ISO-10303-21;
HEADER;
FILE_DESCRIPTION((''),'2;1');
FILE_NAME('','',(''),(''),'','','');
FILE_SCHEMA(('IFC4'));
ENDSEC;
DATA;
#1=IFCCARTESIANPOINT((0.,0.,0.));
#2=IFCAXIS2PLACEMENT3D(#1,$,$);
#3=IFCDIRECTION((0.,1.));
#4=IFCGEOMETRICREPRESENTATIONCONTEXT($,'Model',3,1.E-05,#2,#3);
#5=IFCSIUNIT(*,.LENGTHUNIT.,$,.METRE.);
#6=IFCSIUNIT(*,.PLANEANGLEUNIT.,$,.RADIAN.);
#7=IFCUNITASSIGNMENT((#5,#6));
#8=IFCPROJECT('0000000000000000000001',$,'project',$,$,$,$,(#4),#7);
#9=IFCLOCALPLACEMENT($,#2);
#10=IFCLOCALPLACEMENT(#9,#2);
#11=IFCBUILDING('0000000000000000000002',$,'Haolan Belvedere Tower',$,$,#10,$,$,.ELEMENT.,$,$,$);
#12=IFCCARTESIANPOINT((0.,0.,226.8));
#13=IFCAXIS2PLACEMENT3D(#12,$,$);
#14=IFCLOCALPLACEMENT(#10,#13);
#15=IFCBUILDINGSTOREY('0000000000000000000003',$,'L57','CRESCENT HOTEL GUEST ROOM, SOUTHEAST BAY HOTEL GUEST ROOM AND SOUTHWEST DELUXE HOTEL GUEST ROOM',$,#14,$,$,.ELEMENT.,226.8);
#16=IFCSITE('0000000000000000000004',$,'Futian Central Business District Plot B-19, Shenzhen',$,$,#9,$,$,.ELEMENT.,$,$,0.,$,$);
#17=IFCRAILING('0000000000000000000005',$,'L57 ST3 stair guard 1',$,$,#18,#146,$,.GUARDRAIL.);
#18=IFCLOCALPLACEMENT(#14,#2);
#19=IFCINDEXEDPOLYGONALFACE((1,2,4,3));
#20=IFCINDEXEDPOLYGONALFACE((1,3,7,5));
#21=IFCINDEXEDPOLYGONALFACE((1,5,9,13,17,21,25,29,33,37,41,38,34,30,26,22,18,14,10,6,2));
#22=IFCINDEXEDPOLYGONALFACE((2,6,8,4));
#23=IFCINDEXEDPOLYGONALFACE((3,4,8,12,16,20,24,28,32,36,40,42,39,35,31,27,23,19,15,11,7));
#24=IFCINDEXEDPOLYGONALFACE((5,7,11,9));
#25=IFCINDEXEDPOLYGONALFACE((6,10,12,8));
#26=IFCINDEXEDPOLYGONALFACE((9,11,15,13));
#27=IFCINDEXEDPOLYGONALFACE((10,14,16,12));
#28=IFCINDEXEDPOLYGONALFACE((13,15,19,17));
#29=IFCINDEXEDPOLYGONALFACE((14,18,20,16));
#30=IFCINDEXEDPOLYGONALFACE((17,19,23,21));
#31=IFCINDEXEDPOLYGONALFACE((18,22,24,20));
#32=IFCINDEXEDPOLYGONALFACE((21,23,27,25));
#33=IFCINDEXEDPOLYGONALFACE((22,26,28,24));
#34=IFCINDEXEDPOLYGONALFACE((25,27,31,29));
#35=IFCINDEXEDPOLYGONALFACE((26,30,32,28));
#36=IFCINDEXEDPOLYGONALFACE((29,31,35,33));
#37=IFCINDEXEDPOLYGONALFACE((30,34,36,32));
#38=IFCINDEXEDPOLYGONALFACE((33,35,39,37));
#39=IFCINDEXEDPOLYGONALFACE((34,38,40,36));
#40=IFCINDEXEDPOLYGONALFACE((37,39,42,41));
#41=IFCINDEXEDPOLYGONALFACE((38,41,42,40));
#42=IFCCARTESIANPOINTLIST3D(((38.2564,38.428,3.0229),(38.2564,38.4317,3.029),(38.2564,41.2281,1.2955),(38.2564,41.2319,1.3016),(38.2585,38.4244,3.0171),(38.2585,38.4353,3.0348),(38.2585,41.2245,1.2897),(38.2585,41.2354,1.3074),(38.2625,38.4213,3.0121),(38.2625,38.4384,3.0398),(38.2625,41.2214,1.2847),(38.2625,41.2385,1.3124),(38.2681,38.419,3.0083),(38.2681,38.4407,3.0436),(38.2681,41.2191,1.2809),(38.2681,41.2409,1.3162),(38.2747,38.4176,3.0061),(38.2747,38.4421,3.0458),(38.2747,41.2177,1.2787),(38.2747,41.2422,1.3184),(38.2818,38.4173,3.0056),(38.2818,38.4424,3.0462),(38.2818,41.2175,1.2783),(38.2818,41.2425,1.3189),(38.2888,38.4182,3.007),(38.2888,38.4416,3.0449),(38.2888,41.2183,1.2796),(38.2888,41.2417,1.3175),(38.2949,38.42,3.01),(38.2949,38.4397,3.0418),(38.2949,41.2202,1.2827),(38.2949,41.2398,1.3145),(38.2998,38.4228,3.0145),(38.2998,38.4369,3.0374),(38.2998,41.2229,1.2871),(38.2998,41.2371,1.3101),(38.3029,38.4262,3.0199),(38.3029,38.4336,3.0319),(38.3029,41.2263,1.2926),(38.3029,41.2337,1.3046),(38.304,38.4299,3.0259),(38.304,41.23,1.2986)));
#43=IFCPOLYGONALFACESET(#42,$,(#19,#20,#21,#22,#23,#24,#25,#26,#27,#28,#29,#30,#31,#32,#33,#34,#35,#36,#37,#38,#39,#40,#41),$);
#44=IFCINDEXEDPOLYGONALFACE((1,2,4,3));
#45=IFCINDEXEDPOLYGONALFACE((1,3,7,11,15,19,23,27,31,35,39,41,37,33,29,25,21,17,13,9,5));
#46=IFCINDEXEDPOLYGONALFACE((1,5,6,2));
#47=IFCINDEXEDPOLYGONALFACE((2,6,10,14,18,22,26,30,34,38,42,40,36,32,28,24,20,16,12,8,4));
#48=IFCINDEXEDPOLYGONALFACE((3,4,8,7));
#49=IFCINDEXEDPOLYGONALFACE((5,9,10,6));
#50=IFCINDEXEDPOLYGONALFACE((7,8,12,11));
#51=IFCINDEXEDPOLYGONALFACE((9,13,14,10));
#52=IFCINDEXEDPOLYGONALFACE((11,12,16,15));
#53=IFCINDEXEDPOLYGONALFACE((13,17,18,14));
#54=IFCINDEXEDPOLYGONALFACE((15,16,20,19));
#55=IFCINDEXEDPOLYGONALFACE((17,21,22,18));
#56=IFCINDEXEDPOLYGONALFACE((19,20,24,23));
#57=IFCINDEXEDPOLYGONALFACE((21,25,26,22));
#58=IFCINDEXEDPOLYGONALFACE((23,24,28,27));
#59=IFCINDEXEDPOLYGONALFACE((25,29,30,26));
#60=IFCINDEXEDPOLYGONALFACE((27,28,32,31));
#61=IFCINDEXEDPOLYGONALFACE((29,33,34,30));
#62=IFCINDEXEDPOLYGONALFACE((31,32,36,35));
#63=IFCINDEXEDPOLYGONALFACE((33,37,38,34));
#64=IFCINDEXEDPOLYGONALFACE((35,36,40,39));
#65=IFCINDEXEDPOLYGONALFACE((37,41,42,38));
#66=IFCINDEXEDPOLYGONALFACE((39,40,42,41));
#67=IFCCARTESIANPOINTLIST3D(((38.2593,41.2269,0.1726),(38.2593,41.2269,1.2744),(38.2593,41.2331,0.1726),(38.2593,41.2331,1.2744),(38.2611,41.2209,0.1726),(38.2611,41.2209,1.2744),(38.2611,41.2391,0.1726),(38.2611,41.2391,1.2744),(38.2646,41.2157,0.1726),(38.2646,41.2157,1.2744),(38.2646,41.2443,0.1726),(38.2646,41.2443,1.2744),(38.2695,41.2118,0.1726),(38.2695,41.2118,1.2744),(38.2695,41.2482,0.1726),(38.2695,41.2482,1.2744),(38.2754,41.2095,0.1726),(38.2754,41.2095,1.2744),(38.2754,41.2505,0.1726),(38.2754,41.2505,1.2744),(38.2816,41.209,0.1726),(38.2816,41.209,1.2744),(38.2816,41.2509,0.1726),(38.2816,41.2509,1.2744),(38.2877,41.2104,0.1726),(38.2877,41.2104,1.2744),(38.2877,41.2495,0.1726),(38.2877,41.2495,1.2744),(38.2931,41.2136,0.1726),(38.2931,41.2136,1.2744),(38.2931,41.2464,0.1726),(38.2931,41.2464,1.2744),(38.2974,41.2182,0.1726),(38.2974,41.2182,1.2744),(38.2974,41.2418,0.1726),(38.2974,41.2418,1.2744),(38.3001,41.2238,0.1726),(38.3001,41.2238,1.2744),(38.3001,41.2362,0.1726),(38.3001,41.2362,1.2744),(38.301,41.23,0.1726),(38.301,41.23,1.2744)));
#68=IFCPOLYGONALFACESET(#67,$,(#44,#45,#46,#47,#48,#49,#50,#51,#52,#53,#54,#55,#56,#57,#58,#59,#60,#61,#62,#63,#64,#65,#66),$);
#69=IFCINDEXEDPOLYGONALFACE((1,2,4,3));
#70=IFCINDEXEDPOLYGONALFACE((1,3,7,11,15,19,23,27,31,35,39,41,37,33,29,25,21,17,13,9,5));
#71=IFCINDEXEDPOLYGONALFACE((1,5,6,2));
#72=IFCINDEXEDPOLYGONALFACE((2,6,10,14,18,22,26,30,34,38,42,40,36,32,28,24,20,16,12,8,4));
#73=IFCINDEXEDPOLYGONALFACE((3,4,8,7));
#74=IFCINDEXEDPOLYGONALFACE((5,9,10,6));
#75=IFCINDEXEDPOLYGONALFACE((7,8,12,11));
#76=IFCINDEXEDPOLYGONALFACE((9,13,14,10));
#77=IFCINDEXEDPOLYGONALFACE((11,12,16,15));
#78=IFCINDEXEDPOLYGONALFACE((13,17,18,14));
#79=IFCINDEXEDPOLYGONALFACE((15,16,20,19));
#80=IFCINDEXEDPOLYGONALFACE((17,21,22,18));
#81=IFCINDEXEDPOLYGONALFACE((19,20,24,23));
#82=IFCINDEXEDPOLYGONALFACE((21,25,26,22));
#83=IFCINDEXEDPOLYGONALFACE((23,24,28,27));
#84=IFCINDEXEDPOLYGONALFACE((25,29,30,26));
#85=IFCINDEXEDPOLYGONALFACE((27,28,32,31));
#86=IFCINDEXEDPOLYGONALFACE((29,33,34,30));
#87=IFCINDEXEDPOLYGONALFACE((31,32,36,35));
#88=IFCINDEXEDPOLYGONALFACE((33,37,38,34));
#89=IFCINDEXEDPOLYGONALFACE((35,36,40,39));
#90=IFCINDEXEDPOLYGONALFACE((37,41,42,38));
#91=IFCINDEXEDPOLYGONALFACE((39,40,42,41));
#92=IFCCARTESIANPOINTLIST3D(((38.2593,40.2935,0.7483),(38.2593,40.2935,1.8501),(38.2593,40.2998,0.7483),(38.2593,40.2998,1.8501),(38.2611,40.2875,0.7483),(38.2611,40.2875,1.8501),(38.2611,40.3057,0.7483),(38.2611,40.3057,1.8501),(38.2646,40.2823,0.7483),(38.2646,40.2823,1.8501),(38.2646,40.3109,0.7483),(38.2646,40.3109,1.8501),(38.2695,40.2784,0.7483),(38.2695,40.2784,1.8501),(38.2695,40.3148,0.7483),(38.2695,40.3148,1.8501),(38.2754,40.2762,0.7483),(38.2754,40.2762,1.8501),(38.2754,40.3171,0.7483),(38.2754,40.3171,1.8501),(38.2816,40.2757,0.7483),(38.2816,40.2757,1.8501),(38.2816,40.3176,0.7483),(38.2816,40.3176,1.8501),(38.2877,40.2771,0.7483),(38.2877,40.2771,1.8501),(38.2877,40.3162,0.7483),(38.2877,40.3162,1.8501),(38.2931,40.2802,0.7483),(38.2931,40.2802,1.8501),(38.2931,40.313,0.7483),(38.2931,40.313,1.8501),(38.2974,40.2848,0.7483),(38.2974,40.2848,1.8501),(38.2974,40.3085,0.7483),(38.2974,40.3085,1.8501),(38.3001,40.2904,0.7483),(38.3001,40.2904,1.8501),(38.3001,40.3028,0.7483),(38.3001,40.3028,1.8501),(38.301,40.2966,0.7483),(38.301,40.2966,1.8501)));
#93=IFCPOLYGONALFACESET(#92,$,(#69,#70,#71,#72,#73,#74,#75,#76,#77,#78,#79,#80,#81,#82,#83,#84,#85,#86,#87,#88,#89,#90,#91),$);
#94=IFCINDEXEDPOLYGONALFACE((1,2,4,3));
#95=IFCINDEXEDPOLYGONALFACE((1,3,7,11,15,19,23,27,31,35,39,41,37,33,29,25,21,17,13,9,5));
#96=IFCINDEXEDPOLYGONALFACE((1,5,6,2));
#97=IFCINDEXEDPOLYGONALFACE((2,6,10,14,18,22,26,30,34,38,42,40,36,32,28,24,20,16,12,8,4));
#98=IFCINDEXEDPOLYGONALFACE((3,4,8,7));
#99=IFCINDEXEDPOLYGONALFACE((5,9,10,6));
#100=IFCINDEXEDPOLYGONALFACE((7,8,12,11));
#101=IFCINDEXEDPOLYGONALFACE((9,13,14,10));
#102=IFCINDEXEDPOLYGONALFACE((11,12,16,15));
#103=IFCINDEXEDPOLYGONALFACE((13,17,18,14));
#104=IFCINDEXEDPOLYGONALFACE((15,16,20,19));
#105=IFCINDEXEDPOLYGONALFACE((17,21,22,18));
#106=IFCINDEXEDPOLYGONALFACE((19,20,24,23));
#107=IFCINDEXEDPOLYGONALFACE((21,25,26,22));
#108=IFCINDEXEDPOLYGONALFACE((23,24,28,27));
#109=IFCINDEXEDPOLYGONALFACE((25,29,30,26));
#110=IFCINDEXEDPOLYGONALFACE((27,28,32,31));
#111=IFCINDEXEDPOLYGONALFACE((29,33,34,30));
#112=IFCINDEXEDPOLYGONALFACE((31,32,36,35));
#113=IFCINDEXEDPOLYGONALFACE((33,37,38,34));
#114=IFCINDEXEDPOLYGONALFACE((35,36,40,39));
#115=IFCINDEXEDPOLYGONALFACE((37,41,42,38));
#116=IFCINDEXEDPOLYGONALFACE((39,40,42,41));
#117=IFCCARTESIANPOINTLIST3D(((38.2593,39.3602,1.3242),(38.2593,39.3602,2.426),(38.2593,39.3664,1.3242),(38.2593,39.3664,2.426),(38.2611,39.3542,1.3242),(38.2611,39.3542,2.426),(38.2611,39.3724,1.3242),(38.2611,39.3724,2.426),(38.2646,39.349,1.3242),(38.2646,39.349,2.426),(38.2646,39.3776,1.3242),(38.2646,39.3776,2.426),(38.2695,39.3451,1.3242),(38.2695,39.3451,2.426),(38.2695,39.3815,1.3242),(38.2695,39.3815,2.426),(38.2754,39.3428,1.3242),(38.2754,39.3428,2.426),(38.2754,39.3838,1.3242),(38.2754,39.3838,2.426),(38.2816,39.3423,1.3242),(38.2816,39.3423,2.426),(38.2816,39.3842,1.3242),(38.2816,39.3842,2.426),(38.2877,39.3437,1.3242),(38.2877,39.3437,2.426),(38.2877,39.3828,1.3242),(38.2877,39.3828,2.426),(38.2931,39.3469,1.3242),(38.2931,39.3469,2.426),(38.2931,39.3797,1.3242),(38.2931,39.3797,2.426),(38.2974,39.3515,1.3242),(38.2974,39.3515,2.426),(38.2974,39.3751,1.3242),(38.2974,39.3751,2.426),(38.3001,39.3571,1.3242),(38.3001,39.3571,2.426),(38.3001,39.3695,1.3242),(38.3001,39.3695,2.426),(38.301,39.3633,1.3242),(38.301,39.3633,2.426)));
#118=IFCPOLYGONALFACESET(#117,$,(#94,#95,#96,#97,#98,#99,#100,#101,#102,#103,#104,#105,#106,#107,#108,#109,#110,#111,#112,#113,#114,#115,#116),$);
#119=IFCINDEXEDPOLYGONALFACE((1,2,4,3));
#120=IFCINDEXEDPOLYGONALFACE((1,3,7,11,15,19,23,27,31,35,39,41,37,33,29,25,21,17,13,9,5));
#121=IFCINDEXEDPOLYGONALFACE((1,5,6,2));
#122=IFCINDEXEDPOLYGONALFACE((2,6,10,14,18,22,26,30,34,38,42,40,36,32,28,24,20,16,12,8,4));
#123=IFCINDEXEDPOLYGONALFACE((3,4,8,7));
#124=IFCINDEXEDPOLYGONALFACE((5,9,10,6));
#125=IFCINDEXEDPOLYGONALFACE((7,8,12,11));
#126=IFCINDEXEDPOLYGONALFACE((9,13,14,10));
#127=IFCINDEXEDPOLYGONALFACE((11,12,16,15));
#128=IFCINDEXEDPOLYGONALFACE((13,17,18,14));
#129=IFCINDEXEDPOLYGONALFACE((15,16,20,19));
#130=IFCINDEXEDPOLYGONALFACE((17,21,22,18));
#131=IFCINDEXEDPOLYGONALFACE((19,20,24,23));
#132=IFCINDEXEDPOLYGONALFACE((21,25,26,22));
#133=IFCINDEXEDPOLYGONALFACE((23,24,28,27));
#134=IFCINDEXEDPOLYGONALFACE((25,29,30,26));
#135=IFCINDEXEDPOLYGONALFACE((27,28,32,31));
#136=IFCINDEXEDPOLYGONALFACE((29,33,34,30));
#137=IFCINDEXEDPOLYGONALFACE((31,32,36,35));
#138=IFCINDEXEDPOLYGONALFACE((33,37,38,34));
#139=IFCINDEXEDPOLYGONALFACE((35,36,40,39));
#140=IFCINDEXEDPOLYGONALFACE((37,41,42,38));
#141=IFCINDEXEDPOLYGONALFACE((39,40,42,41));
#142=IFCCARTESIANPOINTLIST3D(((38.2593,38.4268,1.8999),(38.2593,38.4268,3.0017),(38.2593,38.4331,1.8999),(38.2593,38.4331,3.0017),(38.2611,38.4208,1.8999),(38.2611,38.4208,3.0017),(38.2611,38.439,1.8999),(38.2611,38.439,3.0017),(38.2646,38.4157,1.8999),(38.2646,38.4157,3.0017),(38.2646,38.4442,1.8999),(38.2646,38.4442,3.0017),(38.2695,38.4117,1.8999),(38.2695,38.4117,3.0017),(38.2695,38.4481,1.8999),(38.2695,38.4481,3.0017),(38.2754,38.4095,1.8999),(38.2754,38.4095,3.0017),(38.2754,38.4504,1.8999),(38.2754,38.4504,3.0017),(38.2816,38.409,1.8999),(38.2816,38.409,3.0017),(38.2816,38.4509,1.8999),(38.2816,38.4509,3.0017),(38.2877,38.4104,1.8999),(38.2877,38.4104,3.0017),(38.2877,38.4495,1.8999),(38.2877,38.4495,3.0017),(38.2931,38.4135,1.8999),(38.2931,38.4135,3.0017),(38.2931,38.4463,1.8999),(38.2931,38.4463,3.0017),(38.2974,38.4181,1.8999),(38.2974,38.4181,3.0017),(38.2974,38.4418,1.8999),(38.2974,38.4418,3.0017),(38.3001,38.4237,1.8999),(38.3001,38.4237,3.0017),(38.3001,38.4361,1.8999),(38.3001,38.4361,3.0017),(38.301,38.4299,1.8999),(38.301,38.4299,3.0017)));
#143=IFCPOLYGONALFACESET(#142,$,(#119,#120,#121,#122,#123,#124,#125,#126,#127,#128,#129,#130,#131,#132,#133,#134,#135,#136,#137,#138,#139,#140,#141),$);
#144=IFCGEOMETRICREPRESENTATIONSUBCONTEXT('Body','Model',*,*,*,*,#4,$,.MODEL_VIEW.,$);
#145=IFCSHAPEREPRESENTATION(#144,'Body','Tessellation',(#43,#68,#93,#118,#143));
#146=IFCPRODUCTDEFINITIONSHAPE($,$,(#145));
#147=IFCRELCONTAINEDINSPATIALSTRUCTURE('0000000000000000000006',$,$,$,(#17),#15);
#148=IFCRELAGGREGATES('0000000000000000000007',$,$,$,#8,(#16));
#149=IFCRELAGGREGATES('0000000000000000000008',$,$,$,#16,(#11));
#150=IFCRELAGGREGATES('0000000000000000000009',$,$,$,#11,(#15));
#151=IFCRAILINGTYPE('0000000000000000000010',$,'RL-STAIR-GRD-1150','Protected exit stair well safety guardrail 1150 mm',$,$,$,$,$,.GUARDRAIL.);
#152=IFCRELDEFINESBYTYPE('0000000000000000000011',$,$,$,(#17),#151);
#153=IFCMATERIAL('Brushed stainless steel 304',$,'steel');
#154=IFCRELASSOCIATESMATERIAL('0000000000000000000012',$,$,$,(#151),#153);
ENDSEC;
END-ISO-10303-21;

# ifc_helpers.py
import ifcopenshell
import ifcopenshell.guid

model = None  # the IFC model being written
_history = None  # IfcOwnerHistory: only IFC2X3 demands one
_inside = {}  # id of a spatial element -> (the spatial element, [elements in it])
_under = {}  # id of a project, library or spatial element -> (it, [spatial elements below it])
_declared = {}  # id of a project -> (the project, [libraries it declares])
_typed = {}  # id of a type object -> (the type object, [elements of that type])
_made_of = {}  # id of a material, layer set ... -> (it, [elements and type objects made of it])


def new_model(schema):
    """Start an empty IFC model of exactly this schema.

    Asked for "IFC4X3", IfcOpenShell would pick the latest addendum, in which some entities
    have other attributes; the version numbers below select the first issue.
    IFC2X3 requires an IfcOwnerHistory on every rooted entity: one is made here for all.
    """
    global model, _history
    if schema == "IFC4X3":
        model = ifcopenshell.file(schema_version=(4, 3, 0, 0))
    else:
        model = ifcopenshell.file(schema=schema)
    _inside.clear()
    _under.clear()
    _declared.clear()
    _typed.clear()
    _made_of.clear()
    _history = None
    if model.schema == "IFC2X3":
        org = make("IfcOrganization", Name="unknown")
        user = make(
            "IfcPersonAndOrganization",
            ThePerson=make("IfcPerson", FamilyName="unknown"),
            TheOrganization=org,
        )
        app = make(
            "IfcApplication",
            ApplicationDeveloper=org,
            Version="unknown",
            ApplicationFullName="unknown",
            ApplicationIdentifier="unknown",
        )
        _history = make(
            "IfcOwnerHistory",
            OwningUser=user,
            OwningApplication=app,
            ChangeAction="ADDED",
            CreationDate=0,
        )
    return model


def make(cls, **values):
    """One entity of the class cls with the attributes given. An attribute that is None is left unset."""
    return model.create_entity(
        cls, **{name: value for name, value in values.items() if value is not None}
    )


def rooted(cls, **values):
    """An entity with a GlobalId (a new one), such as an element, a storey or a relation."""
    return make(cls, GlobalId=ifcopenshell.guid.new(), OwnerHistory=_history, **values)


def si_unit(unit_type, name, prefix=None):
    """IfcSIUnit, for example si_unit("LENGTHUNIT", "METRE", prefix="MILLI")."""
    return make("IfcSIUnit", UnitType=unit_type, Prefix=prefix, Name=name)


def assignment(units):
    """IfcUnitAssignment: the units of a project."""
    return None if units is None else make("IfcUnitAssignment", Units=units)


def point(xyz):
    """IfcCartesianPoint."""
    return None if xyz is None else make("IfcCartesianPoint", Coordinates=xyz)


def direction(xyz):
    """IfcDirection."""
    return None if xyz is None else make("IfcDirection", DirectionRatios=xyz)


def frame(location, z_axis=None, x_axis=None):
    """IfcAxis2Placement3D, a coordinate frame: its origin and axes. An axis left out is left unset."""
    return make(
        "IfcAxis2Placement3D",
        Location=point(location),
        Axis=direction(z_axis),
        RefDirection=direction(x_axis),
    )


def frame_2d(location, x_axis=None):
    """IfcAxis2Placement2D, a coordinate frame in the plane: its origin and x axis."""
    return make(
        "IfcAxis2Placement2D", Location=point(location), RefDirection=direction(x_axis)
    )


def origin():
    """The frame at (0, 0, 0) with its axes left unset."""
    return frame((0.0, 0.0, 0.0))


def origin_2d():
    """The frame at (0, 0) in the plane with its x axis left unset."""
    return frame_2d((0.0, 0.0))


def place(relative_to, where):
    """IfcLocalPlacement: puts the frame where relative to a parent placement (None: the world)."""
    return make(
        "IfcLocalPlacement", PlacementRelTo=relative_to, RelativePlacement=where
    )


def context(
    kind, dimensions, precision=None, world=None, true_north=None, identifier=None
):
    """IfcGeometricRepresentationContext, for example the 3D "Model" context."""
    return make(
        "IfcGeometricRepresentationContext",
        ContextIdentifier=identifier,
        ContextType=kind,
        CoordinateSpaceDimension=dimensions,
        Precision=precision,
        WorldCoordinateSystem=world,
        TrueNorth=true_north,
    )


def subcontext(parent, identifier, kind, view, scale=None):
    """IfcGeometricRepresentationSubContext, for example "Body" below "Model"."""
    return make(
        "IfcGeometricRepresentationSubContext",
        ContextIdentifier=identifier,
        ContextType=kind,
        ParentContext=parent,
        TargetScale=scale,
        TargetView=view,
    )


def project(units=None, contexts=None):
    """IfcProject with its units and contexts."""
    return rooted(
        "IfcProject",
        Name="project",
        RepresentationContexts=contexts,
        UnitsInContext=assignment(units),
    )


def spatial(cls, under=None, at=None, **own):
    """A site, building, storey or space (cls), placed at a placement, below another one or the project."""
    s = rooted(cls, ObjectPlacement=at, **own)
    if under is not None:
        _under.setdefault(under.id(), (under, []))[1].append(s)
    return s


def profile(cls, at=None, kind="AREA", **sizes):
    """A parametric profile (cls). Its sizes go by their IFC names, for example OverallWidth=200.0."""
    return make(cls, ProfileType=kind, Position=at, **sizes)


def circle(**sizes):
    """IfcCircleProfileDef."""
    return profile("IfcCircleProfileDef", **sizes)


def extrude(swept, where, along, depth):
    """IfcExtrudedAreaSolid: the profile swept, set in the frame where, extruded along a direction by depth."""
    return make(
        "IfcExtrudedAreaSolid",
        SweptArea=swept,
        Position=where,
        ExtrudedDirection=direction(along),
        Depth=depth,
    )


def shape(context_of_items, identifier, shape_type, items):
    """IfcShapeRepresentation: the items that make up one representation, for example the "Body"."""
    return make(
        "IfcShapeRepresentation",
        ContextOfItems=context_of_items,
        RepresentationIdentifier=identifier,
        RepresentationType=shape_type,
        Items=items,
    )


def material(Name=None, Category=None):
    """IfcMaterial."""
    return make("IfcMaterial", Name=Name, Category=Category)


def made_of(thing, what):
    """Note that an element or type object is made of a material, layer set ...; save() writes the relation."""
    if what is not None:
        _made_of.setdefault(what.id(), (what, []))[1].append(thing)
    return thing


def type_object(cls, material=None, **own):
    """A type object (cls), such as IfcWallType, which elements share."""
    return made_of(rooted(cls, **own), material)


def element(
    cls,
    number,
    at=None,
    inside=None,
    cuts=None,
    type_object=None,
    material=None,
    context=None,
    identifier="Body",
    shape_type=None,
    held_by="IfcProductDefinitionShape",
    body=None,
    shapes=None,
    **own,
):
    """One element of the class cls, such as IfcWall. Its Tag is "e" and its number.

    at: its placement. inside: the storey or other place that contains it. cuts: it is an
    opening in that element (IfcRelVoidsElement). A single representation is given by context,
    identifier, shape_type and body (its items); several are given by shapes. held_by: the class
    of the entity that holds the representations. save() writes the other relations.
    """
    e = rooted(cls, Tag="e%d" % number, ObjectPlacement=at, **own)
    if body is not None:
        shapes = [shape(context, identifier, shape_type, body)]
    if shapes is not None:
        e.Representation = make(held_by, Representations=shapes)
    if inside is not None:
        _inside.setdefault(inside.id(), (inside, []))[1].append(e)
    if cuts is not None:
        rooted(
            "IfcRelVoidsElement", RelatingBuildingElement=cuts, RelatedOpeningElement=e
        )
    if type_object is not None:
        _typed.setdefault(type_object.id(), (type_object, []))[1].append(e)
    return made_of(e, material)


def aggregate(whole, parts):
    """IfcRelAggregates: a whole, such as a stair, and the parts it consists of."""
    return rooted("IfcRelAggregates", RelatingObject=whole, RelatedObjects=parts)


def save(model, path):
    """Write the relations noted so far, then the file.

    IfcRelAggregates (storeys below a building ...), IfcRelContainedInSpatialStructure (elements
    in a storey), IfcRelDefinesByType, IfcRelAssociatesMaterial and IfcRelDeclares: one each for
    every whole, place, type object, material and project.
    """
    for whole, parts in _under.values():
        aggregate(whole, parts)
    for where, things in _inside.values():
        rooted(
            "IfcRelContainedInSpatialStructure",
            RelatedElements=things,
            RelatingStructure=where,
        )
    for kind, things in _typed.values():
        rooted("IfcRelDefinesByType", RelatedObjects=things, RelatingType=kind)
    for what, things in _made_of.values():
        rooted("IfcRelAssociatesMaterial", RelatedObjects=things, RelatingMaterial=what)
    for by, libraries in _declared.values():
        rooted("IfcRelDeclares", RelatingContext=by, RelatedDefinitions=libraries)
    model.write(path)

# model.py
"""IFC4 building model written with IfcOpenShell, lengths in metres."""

from ifc_helpers import new_model, si_unit, direction, frame, origin, origin_2d, place, context, subcontext, project, spatial, circle, extrude, material, type_object, element, save


model = new_model("IFC4")

# Units and contexts
model_context = context("Model", 3, precision=1e-05, world=origin(), true_north=direction((0.0, 1.0)))
body_context = subcontext(model_context, "Body", "Model", "MODEL_VIEW")
ifc_project = project(units=[si_unit("LENGTHUNIT", "METRE"), si_unit("PLANEANGLEUNIT", "RADIAN")], contexts=[model_context])

# Site, building, storey
site_placement = place(None, origin())
site = spatial("IfcSite", under=ifc_project, at=site_placement, Name="Futian Central Business District Plot B-19, Shenzhen", CompositionType="ELEMENT", RefElevation=0.0)
building_placement = place(site_placement, origin())
building = spatial("IfcBuilding", under=site, at=building_placement, Name="Haolan Belvedere Tower", CompositionType="ELEMENT")
storey_placement = place(building_placement, frame((0.0, 0.0, 226.8)))
storey = spatial("IfcBuildingStorey", under=building, at=storey_placement, Name="L57", Description="CRESCENT HOTEL GUEST ROOM, SOUTHEAST BAY HOTEL GUEST ROOM AND SOUTHWEST DELUXE HOTEL GUEST ROOM", CompositionType="ELEMENT", Elevation=226.8)

# Railing
ifc_material_1 = material(Name="Brushed stainless steel 304", Category="steel")
railing_type_1 = type_object("IfcRailingType", Name="RL-STAIR-GRD-1150", Description="Protected exit stair well safety guardrail 1150 mm", PredefinedType="GUARDRAIL", material=ifc_material_1)
railing_1_placement = place(storey_placement, frame((38.28, 41.23, 0.1726)))
element("IfcRailing", 1, at=railing_1_placement, inside=storey, type_object=railing_type_1, Name="L57 ST3 stair guard 1", PredefinedType="GUARDRAIL", context=body_context, shape_type="SweptSolid", body=[
    extrude(circle(Radius=0.0239, at=origin_2d()), frame((0.0, 0.0, 1.126), z_axis=(0.0, -0.85109, 0.52502), x_axis=(1.0, 0.0, 0.0)), (0.0, 0.0, 1.0), 3.29),
    extrude(circle(Radius=0.021, at=origin_2d()), origin(), (0.0, 0.0, 1.0), 1.1018),
    extrude(circle(Radius=0.021, at=origin_2d()), frame((0.0, -0.9333, 0.5757)), (0.0, 0.0, 1.0), 1.1018),
    extrude(circle(Radius=0.021, at=origin_2d()), frame((0.0, -1.8667, 1.1516)), (0.0, 0.0, 1.0), 1.1018),
    extrude(circle(Radius=0.021, at=origin_2d()), frame((0.0, -2.8, 1.7273)), (0.0, 0.0, 1.0), 1.1018),
])

save(model, "model.ifc")
